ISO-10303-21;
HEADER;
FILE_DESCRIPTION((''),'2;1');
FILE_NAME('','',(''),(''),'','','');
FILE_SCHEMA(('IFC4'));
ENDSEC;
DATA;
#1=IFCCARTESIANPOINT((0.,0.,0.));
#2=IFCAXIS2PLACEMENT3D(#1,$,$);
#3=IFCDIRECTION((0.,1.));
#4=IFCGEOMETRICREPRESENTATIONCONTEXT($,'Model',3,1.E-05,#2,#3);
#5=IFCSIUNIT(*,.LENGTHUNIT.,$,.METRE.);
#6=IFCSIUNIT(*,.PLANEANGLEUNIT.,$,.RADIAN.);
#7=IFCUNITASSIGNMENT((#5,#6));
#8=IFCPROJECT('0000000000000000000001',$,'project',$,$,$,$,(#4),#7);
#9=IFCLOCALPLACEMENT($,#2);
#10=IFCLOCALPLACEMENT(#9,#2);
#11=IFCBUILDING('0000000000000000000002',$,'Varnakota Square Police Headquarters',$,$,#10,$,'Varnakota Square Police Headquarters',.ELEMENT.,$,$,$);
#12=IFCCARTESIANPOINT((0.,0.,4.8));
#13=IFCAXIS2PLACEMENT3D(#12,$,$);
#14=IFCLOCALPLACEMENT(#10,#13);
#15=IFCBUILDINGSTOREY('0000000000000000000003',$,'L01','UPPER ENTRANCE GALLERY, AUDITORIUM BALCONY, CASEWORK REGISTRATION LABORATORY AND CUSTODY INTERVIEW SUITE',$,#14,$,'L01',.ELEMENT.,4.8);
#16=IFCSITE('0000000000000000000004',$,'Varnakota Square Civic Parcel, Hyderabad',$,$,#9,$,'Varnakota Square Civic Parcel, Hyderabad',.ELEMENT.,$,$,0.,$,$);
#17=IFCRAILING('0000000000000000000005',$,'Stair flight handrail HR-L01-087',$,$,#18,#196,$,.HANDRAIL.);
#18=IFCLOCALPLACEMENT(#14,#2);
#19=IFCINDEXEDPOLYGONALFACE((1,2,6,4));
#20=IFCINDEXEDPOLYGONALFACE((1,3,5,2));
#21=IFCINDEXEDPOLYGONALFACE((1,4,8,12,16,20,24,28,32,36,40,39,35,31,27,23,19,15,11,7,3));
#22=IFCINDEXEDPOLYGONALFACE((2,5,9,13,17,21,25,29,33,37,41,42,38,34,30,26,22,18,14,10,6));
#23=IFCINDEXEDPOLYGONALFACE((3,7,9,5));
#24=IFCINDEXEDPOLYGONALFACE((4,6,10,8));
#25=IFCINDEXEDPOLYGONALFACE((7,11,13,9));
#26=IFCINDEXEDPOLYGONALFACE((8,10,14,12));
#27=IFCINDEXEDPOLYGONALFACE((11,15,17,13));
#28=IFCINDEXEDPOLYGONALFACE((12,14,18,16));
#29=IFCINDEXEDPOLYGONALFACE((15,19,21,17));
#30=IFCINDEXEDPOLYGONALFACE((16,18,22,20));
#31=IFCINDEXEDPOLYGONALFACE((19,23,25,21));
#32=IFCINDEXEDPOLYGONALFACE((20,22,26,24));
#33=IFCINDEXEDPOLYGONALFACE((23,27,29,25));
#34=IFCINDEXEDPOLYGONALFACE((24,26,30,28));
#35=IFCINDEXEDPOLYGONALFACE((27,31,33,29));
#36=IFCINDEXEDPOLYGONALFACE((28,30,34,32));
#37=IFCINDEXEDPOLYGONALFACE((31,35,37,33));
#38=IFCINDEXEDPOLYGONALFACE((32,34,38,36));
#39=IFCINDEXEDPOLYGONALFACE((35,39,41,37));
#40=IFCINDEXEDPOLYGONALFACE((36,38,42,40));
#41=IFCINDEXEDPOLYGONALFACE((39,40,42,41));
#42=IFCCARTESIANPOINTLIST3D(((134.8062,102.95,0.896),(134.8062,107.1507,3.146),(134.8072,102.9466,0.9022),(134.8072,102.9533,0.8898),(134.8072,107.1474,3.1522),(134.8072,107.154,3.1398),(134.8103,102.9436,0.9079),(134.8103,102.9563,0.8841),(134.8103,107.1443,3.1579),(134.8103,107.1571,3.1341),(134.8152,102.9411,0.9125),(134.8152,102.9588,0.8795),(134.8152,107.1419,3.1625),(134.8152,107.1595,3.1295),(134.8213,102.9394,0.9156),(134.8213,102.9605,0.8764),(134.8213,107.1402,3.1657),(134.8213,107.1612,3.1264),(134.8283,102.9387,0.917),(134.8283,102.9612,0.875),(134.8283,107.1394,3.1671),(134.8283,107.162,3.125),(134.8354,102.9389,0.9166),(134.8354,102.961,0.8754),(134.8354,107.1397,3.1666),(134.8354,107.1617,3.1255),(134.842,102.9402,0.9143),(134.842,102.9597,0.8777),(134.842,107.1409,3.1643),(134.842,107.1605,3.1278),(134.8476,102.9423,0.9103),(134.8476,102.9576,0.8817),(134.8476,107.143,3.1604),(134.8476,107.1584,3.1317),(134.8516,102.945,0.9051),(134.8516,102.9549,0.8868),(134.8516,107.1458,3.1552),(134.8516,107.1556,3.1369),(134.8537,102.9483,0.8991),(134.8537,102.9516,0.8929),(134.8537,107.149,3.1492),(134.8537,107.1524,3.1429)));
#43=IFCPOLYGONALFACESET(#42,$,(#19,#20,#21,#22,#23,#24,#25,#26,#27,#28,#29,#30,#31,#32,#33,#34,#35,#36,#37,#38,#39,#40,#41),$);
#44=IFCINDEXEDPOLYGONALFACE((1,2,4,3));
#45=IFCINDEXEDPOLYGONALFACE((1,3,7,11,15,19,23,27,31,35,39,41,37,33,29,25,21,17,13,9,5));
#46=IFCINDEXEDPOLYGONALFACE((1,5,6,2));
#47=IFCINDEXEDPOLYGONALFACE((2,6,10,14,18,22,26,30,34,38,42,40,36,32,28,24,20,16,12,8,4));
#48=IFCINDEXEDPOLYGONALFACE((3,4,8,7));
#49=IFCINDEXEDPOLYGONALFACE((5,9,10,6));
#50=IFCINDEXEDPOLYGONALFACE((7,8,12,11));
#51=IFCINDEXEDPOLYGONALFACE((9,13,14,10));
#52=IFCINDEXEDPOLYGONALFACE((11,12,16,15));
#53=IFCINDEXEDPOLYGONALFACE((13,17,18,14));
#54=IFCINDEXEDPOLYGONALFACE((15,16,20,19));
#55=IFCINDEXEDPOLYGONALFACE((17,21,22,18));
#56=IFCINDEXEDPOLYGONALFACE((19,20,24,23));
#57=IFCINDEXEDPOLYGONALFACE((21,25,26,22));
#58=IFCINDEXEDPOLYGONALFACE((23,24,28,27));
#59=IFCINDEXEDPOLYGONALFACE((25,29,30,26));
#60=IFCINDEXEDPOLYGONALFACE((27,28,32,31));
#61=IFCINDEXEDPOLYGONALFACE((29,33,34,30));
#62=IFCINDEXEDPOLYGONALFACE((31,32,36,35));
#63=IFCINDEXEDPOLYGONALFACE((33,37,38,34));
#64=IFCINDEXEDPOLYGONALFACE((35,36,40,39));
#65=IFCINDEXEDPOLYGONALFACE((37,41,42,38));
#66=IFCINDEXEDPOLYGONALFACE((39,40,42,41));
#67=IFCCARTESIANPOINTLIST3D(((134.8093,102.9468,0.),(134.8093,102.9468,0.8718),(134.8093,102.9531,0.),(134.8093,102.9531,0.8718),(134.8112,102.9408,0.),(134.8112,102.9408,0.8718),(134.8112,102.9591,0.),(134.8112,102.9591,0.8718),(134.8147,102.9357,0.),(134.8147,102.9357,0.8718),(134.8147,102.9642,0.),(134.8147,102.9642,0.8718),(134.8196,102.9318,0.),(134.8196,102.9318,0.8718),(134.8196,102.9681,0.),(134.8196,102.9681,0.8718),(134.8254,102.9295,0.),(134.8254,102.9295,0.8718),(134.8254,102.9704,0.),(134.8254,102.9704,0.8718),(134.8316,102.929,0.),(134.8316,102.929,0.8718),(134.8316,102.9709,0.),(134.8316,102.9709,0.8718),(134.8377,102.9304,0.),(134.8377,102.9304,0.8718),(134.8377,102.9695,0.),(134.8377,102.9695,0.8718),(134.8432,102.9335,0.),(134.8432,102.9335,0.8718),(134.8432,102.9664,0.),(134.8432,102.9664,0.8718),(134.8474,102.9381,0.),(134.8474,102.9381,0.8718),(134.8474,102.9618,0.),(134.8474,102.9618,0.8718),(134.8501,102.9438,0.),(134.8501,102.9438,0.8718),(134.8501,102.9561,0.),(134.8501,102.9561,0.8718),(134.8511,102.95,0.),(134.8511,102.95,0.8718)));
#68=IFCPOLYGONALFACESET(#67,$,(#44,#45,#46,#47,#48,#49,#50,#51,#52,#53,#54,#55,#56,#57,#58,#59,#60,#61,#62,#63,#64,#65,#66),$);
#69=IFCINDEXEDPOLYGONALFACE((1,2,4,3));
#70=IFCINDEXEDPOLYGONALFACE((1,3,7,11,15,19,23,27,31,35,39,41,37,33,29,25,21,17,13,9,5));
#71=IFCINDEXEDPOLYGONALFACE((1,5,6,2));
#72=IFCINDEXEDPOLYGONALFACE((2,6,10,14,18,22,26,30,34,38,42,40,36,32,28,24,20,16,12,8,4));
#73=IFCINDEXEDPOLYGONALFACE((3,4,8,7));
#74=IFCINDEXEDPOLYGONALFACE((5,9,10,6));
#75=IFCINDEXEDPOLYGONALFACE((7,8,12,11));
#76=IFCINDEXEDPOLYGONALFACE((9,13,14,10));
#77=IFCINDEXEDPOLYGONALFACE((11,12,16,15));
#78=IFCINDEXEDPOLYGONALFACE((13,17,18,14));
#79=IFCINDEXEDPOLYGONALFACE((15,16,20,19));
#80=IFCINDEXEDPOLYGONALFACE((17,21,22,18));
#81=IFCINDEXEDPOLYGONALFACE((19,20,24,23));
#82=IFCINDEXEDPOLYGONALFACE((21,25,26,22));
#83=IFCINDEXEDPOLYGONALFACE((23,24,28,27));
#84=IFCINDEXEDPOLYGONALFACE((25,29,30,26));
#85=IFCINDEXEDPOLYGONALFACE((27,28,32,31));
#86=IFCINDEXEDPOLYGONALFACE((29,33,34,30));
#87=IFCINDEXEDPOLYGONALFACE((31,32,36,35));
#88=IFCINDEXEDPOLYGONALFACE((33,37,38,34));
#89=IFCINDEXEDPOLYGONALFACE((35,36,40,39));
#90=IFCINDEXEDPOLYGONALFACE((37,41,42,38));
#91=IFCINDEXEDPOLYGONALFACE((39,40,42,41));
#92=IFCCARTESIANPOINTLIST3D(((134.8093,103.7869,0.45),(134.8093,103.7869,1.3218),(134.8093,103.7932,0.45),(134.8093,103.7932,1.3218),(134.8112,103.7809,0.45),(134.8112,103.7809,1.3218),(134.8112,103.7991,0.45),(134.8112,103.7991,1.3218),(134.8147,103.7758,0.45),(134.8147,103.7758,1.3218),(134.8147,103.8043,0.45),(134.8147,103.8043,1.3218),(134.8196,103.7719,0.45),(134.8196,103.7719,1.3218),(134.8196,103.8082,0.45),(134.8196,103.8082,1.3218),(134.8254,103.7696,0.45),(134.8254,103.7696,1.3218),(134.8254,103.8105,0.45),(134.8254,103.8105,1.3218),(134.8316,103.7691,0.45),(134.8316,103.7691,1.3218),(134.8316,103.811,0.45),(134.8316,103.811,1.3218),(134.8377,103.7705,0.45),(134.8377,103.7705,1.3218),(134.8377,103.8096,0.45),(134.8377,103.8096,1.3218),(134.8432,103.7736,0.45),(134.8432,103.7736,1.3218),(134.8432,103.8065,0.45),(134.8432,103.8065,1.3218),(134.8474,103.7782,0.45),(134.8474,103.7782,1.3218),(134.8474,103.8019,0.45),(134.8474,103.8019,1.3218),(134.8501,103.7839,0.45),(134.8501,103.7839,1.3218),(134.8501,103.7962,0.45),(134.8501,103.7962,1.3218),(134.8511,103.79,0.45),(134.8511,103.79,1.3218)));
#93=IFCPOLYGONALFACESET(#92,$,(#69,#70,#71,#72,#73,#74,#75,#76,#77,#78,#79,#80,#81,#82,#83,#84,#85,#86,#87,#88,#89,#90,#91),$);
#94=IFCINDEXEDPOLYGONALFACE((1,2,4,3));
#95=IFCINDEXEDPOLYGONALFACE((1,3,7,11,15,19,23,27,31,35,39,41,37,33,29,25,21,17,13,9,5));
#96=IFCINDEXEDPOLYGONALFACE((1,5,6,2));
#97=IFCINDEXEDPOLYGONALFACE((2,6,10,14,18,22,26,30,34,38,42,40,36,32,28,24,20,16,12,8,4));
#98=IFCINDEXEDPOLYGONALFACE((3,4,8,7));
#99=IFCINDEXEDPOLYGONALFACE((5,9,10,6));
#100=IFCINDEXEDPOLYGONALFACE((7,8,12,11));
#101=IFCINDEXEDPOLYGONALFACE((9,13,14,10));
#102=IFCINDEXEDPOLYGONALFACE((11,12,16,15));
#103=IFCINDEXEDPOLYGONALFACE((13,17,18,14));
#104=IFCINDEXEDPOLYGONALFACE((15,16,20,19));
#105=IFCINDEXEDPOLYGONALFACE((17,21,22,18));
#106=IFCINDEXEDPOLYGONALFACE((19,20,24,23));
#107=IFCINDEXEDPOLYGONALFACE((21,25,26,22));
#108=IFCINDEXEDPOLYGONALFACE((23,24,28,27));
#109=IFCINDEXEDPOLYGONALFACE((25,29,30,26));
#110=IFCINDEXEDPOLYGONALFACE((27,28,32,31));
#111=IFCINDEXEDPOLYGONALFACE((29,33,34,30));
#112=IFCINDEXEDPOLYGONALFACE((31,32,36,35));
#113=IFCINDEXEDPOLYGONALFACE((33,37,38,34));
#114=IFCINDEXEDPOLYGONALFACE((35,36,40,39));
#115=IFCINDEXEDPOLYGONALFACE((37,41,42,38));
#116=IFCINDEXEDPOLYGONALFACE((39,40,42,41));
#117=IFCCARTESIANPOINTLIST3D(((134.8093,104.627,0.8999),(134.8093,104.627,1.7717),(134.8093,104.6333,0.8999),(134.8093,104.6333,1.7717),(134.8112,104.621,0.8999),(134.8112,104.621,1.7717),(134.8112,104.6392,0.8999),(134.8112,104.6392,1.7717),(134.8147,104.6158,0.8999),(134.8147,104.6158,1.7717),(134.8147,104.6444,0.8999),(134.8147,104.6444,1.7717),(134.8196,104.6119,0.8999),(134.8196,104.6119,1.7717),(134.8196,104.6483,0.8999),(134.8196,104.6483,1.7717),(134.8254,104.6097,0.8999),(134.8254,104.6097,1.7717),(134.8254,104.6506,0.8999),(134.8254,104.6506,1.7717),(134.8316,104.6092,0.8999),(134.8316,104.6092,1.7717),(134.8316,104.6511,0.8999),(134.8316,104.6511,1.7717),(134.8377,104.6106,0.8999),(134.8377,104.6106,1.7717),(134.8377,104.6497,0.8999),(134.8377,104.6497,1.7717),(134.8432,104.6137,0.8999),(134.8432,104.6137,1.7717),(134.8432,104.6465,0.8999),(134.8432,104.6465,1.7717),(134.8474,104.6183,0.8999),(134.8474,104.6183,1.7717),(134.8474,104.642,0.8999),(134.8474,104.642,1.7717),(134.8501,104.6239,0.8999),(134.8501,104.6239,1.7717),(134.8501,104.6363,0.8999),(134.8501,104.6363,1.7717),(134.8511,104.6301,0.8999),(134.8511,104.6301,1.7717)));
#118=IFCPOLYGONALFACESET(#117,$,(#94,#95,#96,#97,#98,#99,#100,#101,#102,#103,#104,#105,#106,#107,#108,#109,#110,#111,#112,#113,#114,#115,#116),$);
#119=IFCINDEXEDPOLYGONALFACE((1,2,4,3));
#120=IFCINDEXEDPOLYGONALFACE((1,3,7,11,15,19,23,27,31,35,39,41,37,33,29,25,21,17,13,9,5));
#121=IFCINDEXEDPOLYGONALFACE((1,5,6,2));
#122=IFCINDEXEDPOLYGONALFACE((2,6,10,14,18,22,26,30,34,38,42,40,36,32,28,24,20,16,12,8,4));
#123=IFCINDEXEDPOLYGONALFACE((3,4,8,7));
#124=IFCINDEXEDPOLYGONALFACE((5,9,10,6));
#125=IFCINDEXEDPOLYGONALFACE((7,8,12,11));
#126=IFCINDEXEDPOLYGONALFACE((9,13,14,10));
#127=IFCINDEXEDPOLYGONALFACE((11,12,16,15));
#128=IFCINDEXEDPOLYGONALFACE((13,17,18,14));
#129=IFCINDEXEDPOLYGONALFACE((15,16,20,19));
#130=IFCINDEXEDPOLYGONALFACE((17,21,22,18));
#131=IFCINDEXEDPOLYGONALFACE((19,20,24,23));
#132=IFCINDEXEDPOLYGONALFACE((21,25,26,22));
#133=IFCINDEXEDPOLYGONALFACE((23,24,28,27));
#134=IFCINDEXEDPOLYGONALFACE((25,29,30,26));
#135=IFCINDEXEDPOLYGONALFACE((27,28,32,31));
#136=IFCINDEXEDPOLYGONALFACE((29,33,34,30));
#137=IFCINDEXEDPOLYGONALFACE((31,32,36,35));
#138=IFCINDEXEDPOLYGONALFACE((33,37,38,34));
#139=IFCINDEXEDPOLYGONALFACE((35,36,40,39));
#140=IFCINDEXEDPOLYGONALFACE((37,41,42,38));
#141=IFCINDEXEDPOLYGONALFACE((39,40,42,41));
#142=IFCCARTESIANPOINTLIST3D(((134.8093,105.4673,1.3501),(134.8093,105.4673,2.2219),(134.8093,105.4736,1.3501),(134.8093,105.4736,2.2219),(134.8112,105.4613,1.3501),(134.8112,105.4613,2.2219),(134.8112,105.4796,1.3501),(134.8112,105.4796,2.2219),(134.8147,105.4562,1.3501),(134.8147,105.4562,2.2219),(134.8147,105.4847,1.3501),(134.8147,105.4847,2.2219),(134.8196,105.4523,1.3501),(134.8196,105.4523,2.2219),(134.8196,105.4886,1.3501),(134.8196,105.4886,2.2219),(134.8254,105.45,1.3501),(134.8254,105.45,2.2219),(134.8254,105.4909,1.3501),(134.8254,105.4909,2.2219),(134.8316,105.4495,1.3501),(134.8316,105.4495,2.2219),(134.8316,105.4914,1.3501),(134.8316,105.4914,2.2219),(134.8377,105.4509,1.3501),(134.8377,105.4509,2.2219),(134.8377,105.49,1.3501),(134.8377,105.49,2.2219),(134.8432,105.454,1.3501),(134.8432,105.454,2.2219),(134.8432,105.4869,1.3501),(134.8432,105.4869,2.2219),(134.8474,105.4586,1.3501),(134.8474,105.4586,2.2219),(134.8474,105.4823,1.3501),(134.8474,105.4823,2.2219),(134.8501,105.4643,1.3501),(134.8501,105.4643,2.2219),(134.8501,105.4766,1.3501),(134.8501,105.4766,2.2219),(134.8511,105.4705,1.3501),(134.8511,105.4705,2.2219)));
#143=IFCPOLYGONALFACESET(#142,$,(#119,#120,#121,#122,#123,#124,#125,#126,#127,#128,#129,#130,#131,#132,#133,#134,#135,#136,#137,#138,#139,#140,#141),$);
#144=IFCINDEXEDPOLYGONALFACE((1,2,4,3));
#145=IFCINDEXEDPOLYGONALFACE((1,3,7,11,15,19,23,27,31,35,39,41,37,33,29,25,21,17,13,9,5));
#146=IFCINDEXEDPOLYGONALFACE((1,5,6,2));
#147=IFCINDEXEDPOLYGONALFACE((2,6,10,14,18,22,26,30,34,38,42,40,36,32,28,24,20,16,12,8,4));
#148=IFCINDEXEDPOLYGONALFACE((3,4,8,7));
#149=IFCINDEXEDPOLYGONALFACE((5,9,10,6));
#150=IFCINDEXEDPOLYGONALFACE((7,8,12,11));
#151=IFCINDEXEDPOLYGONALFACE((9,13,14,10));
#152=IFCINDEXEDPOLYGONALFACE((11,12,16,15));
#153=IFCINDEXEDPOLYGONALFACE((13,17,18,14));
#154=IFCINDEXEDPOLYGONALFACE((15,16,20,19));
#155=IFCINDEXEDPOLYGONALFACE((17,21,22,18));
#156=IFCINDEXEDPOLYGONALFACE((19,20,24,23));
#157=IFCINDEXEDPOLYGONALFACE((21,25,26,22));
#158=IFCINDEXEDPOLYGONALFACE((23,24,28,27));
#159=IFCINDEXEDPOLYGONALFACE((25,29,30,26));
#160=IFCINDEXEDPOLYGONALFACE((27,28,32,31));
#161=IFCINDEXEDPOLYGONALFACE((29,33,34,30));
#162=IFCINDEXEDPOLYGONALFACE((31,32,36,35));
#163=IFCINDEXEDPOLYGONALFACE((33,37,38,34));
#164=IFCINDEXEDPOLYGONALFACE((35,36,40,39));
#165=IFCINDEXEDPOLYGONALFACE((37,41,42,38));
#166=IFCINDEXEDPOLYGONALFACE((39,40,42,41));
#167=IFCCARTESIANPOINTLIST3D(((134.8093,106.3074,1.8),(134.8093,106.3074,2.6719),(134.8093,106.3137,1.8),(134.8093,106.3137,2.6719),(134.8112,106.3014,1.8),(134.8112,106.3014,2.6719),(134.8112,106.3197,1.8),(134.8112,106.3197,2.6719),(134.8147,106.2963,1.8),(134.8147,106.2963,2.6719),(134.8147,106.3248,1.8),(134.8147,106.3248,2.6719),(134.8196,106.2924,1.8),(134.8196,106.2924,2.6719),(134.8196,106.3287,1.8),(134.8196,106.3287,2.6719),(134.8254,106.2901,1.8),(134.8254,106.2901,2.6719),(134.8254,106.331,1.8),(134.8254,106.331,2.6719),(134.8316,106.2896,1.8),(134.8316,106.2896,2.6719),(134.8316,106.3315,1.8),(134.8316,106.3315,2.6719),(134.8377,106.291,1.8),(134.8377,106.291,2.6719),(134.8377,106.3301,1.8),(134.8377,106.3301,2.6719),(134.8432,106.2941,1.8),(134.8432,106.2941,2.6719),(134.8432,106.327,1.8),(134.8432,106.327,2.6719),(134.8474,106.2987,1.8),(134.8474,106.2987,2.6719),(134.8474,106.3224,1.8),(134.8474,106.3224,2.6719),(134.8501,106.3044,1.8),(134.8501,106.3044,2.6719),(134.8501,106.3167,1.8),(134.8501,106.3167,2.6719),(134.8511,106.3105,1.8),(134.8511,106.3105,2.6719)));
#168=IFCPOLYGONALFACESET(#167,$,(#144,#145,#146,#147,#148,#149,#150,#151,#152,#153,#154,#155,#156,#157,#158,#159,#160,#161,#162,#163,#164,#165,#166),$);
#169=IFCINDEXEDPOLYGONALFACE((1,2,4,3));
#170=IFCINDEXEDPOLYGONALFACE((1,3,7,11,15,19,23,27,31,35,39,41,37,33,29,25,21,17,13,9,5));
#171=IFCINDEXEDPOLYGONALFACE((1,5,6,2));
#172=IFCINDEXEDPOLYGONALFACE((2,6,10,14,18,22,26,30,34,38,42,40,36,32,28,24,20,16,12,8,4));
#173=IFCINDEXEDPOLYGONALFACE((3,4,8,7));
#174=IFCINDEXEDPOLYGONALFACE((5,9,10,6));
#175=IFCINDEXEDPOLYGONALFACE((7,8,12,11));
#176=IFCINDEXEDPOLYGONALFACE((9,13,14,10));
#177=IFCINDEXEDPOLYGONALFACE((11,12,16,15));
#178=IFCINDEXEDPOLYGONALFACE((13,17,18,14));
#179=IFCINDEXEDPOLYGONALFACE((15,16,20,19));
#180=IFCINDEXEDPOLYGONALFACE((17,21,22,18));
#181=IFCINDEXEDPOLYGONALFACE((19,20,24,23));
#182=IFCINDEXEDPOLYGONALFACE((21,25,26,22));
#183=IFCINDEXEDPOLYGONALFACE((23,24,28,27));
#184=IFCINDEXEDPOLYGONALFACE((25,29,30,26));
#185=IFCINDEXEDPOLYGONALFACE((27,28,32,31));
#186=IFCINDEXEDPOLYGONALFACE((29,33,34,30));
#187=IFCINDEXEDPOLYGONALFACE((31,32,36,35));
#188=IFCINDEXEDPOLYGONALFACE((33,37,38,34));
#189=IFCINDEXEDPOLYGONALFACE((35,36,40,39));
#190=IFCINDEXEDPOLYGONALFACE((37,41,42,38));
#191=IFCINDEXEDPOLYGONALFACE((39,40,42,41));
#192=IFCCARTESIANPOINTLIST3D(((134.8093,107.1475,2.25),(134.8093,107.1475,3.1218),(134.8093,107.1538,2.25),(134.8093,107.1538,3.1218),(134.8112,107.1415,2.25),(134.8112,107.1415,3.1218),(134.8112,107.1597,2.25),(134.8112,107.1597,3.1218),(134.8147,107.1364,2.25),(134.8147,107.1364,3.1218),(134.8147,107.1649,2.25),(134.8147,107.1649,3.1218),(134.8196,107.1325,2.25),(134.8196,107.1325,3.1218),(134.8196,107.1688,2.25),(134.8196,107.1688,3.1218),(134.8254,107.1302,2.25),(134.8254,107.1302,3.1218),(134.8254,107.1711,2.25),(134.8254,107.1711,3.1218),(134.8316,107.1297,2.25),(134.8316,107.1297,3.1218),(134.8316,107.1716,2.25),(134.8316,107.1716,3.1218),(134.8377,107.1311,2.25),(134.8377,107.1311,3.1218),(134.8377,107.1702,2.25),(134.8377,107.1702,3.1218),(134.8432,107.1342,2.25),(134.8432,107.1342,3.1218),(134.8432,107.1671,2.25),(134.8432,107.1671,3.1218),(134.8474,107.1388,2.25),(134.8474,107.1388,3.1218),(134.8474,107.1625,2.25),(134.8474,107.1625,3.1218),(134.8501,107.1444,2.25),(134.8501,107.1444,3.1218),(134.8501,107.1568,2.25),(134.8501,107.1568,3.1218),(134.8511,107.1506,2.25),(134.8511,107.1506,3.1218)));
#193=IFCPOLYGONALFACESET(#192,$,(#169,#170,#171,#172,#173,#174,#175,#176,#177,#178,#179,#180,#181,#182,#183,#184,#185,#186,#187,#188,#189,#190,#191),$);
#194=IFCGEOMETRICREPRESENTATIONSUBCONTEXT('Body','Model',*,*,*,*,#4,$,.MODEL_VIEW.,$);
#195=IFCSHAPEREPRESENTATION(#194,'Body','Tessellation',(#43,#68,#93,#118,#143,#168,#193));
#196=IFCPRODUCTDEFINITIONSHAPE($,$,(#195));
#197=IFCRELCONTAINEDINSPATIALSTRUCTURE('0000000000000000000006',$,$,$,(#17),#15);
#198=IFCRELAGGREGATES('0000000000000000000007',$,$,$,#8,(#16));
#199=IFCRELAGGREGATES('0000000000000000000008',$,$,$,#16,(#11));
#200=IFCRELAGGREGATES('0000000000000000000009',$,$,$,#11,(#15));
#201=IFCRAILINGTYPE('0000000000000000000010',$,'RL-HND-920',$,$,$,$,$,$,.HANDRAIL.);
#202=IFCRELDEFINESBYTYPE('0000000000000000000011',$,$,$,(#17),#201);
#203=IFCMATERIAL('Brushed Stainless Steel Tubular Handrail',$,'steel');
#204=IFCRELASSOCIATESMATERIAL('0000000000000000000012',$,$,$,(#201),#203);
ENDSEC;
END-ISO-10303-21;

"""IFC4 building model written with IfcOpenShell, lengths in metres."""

from ifc_helpers import new_model, si_unit, direction, frame, origin, origin_2d, place, context, subcontext, project, spatial, circle, extrude, material, type_object, element, save


model = new_model("IFC4")

# Units and contexts
model_context = context("Model", 3, precision=1e-05, world=origin(), true_north=direction((0.0, 1.0)))
body_context = subcontext(model_context, "Body", "Model", "MODEL_VIEW")
ifc_project = project(units=[si_unit("LENGTHUNIT", "METRE"), si_unit("PLANEANGLEUNIT", "RADIAN")], contexts=[model_context])

# Site, building, storey
site_placement = place(None, origin())
site = spatial("IfcSite", under=ifc_project, at=site_placement, Name="Varnakota Square Civic Parcel, Hyderabad", LongName="Varnakota Square Civic Parcel, Hyderabad", CompositionType="ELEMENT", RefElevation=0.0)
building_placement = place(site_placement, origin())
building = spatial("IfcBuilding", under=site, at=building_placement, Name="Varnakota Square Police Headquarters", LongName="Varnakota Square Police Headquarters", CompositionType="ELEMENT")
storey_placement = place(building_placement, frame((0.0, 0.0, 4.8)))
storey = spatial("IfcBuildingStorey", under=building, at=storey_placement, Name="L01", Description="UPPER ENTRANCE GALLERY, AUDITORIUM BALCONY, CASEWORK REGISTRATION LABORATORY AND CUSTODY INTERVIEW SUITE", LongName="L01", CompositionType="ELEMENT", Elevation=4.8)

# Railing
ifc_material_1 = material(Name="Brushed Stainless Steel Tubular Handrail", Category="steel")
railing_type_1 = type_object("IfcRailingType", Name="RL-HND-920", PredefinedType="HANDRAIL", material=ifc_material_1)
railing_1_placement = place(storey_placement, frame((134.8301, 102.95, 0.0)))
element("IfcRailing", 1, at=railing_1_placement, inside=storey, type_object=railing_type_1, Name="Stair flight handrail HR-L01-087", PredefinedType="HANDRAIL", context=body_context, shape_type="SweptSolid", body=[
    extrude(circle(Radius=0.0239, at=origin_2d()), frame((0.0, 0.0, 0.896), z_axis=(0.0, 0.881512, 0.472162), x_axis=(-1.0, 0.0, 0.0)), (0.0, 0.0, 1.0), 4.7654),
    extrude(circle(Radius=0.021, at=origin_2d()), origin(), (0.0, 0.0, 1.0), 0.8718),
    extrude(circle(Radius=0.021, at=origin_2d()), frame((0.0, 0.8401, 0.45)), (0.0, 0.0, 1.0), 0.8718),
    extrude(circle(Radius=0.021, at=origin_2d()), frame((0.0, 1.6802, 0.8999)), (0.0, 0.0, 1.0), 0.8718),
    extrude(circle(Radius=0.021, at=origin_2d()), frame((0.0, 2.5205, 1.3501)), (0.0, 0.0, 1.0), 0.8718),
    extrude(circle(Radius=0.021, at=origin_2d()), frame((0.0, 3.3606, 1.8)), (0.0, 0.0, 1.0), 0.8718),
    extrude(circle(Radius=0.021, at=origin_2d()), frame((0.0, 4.2007, 2.25)), (0.0, 0.0, 1.0), 0.8718),
])

save(model, "model.ifc")
